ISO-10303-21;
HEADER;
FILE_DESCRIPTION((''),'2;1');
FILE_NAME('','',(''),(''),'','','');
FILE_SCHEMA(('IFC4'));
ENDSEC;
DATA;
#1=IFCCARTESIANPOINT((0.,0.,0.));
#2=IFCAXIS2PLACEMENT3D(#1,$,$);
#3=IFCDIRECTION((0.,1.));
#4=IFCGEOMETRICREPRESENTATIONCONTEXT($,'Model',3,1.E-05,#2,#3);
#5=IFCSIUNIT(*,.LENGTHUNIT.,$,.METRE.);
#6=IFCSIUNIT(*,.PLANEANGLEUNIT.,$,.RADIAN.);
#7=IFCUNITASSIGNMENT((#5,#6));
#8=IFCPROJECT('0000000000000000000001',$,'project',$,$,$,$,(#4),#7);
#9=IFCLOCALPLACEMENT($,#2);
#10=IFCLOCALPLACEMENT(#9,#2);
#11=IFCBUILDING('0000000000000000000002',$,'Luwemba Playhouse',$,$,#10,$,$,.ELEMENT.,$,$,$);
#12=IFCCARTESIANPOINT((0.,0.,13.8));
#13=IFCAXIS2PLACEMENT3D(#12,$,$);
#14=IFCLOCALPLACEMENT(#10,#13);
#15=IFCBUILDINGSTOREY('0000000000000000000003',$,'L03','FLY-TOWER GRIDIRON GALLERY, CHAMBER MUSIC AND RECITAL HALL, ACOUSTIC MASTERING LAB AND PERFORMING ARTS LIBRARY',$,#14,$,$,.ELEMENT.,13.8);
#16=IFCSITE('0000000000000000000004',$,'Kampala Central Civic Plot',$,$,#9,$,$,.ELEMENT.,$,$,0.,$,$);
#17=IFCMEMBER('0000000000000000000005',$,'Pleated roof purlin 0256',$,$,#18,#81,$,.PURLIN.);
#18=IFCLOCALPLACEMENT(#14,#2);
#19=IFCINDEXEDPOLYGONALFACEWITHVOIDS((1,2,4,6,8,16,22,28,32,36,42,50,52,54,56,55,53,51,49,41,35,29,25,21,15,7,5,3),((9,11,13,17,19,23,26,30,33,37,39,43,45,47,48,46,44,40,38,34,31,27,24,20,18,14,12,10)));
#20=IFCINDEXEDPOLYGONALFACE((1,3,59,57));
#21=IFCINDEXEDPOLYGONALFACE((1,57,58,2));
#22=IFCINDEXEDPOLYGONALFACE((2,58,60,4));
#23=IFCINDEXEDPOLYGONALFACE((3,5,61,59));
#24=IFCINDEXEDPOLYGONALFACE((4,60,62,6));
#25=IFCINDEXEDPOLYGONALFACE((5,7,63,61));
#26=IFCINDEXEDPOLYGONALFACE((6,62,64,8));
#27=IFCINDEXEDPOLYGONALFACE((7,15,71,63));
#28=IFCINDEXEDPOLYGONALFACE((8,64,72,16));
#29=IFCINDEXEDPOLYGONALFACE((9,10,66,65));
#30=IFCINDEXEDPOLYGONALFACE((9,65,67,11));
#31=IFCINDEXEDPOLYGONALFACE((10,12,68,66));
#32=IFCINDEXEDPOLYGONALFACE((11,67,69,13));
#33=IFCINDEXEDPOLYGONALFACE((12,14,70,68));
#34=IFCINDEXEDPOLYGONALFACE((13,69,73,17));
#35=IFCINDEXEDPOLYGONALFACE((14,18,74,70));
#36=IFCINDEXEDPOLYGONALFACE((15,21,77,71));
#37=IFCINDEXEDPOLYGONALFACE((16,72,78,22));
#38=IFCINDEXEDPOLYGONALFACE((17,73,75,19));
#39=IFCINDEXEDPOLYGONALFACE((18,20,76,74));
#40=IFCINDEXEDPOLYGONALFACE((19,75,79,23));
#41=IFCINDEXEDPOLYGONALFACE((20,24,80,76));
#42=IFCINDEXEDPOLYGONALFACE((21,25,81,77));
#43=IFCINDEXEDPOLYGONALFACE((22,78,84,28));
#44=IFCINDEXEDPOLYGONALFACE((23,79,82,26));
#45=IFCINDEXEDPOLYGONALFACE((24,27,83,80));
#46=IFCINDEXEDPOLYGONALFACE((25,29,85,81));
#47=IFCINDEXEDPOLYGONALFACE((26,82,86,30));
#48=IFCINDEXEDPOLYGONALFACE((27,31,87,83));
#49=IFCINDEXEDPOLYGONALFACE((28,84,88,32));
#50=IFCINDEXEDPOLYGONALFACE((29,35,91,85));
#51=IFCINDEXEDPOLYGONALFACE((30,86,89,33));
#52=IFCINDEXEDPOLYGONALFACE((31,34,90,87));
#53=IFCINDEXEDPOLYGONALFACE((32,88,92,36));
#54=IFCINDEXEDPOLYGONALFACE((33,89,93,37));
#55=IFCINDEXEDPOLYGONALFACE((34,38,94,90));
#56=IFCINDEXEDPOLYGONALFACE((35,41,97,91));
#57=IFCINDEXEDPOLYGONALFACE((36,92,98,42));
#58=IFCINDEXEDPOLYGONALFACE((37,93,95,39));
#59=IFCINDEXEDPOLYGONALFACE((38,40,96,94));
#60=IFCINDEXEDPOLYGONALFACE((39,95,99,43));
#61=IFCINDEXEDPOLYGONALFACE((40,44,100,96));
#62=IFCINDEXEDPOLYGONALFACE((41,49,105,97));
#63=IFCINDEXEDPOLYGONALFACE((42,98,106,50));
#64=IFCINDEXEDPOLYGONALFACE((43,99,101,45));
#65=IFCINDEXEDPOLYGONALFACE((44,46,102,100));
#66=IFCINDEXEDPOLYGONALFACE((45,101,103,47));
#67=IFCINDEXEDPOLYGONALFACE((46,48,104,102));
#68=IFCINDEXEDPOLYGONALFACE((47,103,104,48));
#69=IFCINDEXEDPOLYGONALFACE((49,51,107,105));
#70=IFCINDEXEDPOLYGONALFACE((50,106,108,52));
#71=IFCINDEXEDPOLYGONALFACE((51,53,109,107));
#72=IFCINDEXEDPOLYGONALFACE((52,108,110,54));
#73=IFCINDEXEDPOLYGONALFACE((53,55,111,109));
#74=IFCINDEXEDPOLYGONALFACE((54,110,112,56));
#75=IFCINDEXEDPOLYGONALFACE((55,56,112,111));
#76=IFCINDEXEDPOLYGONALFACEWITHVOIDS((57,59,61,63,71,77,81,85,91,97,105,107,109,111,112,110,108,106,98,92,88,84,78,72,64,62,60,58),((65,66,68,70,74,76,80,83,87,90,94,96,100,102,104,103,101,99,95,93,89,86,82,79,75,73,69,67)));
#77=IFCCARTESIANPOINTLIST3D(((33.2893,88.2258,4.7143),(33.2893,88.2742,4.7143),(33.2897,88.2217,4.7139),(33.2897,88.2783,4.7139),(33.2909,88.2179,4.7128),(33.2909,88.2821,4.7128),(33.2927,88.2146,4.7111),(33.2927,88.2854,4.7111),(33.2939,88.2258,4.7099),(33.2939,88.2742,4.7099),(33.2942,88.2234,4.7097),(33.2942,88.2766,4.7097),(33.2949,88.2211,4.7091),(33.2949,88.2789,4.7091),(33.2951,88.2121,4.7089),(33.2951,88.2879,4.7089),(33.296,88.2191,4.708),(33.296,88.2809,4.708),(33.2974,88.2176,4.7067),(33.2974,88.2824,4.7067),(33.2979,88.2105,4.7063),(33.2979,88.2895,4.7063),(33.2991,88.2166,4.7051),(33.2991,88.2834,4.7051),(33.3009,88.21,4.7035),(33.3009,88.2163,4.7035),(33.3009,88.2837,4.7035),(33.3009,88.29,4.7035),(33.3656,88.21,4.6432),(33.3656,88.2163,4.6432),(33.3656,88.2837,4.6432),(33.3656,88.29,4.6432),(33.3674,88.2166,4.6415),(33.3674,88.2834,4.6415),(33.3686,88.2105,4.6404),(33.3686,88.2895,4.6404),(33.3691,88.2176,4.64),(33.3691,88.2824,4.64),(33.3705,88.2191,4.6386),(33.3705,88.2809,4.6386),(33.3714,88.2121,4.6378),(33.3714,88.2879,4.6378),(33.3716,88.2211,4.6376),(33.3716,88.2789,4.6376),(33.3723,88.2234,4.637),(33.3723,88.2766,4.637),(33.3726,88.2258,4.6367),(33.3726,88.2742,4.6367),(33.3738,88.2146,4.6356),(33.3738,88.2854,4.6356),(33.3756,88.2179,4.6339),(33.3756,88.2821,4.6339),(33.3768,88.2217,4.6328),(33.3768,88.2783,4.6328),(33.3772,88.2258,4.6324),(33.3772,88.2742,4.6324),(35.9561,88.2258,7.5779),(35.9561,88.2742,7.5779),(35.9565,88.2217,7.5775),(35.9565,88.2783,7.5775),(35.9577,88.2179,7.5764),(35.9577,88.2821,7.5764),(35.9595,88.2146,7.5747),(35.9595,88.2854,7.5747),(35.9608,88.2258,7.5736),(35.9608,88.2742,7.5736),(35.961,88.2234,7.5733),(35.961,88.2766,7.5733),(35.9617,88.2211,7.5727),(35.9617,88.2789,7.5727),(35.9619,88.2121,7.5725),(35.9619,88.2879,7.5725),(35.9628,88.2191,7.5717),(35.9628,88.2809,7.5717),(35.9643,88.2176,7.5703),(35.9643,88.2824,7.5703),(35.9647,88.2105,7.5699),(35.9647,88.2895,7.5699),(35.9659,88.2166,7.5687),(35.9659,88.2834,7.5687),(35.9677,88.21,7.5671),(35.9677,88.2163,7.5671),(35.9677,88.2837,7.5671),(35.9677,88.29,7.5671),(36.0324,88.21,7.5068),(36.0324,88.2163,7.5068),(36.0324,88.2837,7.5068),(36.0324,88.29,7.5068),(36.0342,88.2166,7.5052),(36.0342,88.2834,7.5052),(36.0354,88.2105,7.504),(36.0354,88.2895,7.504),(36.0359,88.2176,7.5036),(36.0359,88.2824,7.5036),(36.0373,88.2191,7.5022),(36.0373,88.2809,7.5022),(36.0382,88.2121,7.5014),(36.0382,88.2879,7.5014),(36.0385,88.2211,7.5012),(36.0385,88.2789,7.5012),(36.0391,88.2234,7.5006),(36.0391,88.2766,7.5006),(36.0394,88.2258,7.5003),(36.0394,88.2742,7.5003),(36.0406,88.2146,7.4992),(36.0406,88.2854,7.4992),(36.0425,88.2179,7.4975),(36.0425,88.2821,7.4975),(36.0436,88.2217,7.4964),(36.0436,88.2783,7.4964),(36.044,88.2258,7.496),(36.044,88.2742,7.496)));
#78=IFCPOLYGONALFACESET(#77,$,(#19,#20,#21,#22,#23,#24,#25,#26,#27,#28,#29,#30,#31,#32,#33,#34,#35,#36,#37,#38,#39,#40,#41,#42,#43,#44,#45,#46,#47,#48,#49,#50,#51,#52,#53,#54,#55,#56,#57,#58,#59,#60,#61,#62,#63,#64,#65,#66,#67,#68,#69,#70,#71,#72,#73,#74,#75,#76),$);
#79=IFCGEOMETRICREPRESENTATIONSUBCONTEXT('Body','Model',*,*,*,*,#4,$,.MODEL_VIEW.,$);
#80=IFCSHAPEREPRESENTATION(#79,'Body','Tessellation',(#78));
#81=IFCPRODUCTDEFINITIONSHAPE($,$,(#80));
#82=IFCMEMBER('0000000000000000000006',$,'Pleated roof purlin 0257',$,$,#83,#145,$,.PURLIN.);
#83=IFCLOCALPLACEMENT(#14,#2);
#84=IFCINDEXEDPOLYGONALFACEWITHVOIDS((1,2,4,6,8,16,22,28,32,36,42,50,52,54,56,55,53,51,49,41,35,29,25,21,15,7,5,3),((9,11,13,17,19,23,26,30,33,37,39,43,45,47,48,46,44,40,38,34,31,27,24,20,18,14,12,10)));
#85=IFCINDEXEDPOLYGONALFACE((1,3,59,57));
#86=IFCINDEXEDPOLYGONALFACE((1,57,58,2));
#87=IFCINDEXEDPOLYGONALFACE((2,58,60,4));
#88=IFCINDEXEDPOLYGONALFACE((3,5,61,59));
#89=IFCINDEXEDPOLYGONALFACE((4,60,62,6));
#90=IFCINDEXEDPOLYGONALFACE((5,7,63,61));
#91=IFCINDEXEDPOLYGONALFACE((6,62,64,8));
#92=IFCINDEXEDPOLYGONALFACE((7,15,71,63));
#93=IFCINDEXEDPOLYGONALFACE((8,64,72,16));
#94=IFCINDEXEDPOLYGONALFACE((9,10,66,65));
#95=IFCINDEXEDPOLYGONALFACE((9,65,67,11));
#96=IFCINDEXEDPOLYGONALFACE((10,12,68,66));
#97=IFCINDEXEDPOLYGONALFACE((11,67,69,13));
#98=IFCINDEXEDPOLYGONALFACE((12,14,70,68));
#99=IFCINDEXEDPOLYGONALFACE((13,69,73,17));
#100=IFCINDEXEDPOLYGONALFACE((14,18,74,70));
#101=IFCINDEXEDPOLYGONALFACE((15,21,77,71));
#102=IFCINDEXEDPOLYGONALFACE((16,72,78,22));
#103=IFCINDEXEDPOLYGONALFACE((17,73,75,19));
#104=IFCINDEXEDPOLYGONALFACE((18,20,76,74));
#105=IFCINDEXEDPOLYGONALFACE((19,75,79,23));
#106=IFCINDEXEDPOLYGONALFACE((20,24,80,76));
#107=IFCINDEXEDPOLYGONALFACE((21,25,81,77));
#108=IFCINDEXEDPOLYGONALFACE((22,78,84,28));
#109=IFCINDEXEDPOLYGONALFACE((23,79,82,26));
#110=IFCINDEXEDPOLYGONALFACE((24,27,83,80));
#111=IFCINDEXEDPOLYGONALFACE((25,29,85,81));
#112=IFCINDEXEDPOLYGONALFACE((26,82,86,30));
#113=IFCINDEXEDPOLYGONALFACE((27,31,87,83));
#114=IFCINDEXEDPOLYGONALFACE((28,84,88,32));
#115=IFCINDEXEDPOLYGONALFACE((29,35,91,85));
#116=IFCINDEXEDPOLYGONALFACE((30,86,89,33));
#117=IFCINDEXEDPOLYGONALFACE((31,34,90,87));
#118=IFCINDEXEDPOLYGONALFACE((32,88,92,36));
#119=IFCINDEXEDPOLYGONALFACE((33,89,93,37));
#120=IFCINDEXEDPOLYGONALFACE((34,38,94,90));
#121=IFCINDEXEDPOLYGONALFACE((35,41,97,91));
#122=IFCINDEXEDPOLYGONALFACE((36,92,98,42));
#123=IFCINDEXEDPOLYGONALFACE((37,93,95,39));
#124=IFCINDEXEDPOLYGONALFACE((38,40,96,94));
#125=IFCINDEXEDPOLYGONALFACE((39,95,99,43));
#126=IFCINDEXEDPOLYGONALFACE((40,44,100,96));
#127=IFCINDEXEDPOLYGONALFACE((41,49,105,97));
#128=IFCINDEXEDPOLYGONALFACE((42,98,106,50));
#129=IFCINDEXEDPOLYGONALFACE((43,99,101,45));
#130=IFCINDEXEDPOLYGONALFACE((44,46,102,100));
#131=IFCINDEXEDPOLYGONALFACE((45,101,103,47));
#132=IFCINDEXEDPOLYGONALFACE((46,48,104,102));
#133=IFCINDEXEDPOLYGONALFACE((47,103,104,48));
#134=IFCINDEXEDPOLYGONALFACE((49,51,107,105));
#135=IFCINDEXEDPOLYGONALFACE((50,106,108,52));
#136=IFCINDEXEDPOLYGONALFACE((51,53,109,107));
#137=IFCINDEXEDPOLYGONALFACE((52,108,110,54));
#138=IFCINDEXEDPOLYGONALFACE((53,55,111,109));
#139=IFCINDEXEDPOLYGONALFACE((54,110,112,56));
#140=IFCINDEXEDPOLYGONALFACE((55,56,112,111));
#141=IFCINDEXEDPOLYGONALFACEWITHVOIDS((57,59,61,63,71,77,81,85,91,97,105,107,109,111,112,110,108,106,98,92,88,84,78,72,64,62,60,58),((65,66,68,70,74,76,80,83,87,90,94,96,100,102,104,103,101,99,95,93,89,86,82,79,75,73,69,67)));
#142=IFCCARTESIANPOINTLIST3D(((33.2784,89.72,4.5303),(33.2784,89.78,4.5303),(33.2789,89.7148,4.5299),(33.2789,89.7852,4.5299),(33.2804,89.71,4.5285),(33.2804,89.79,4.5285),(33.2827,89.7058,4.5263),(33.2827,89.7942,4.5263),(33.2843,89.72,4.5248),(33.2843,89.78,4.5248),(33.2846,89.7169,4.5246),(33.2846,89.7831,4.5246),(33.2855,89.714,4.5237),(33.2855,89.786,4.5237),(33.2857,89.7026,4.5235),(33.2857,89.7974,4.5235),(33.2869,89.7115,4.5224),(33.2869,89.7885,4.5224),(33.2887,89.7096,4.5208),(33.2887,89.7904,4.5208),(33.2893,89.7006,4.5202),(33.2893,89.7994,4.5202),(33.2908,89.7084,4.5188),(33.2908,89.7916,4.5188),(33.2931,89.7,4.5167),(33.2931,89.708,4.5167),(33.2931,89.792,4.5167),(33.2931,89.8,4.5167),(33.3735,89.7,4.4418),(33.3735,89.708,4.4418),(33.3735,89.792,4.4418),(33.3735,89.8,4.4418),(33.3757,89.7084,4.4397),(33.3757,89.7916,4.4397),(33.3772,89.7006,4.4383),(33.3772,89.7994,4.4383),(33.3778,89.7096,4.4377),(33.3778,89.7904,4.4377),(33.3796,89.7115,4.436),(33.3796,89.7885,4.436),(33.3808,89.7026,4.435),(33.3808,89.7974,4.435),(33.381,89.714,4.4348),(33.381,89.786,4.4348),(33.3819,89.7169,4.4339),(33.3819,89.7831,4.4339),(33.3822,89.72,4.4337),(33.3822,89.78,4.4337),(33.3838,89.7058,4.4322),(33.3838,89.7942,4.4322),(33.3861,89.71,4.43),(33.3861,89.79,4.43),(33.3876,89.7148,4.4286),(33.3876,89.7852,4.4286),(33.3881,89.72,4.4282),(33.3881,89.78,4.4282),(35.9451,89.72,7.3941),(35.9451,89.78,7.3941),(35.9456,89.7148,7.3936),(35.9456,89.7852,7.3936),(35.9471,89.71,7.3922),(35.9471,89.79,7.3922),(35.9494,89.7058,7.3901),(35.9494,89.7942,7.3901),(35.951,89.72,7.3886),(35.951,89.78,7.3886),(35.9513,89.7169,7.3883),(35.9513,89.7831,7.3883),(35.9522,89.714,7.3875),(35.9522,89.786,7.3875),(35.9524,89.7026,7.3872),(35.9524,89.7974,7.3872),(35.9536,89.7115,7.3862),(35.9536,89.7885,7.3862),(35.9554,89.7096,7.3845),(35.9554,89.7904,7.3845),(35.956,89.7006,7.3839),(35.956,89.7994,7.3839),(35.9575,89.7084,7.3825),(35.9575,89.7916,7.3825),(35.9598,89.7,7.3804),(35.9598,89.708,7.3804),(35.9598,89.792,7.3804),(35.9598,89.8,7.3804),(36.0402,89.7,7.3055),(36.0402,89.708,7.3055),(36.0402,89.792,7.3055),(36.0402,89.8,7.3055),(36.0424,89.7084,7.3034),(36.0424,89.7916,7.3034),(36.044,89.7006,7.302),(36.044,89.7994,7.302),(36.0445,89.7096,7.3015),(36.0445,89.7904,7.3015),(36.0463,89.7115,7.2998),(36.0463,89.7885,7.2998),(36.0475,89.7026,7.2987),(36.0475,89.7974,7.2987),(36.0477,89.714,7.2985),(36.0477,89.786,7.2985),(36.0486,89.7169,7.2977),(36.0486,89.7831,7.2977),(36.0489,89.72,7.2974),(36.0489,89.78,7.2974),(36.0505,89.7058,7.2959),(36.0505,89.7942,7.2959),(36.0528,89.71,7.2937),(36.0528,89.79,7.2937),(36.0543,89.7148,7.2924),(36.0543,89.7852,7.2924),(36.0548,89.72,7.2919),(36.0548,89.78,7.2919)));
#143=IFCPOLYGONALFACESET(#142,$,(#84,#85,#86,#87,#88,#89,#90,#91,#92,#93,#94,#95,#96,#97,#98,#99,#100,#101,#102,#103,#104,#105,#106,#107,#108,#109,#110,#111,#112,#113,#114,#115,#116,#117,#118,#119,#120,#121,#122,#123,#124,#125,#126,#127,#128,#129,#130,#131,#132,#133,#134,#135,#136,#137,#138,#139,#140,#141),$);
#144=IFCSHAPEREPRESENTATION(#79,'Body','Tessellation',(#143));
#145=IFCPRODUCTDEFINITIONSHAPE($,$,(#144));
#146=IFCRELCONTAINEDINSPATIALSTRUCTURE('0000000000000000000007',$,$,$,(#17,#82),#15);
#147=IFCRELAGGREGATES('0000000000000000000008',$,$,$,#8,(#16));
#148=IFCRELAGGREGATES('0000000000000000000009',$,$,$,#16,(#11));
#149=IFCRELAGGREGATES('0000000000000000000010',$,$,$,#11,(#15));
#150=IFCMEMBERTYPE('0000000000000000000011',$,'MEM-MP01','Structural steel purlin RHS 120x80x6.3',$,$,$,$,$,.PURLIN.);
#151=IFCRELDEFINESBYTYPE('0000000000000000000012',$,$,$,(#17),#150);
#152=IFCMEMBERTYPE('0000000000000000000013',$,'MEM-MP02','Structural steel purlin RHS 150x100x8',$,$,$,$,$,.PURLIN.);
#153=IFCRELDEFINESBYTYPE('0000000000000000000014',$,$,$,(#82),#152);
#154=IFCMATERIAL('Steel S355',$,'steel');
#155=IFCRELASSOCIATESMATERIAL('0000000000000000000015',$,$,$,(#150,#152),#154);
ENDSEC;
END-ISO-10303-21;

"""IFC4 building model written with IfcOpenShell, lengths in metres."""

from ifc_helpers import new_model, si_unit, direction, frame, origin, origin_2d, place, context, subcontext, project, spatial, hollow_rectangle, extrude, material, material_profile, profile_set, type_object, element, save


model = new_model("IFC4")

# Units and contexts
model_context = context("Model", 3, precision=1e-05, world=origin(), true_north=direction((0.0, 1.0)))
body_context = subcontext(model_context, "Body", "Model", "MODEL_VIEW")
ifc_project = project(units=[si_unit("LENGTHUNIT", "METRE"), si_unit("PLANEANGLEUNIT", "RADIAN")], contexts=[model_context])

# Site, building, storey
site_placement = place(None, origin())
site = spatial("IfcSite", under=ifc_project, at=site_placement, Name="Kampala Central Civic Plot", CompositionType="ELEMENT", RefElevation=0.0)
building_placement = place(site_placement, origin())
building = spatial("IfcBuilding", under=site, at=building_placement, Name="Luwemba Playhouse", CompositionType="ELEMENT")
storey_placement = place(building_placement, frame((0.0, 0.0, 13.8)))
storey = spatial("IfcBuildingStorey", under=building, at=storey_placement, Name="L03", Description="FLY-TOWER GRIDIRON GALLERY, CHAMBER MUSIC AND RECITAL HALL, ACOUSTIC MASTERING LAB AND PERFORMING ARTS LIBRARY", CompositionType="ELEMENT", Elevation=13.8)

# Shared definitions
ifc_material_1 = material(Name="Steel S355", Category="steel")

# Members
ifc_material_profile_1 = material_profile(ifc_material_1, hollow_rectangle(XDim=0.0801, YDim=0.1201, WallThickness=0.0063, InnerFilletRadius=0.0095, OuterFilletRadius=0.0159, at=origin_2d()))
ifc_profile_set_1 = profile_set([ifc_material_profile_1], Name="Steel S355")
member_type_1 = type_object("IfcMemberType", Name="MEM-MP01", Description="Structural steel purlin RHS 120x80x6.3", PredefinedType="PURLIN", material=ifc_profile_set_1)
member_1_placement = place(storey_placement, frame((33.3333, 88.25, 4.6733), z_axis=(0.681515, 0.0, 0.731804), x_axis=(0.0, 1.0, 0.0)))
element("IfcMember", 1, at=member_1_placement, inside=storey, type_object=member_type_1, Name="Pleated roof purlin 0256", PredefinedType="PURLIN", context=body_context, shape_type="SweptSolid", body=[
    extrude(hollow_rectangle(XDim=0.0801, YDim=0.1201, WallThickness=0.0063, InnerFilletRadius=0.0095, OuterFilletRadius=0.0159, at=origin_2d()), origin(), (0.0, 0.0, 1.0), 3.9131),
])
ifc_material_profile_2 = material_profile(ifc_material_1, hollow_rectangle(XDim=0.1001, YDim=0.1499, WallThickness=0.0081, InnerFilletRadius=0.012, OuterFilletRadius=0.02, at=origin_2d()))
ifc_profile_set_2 = profile_set([ifc_material_profile_2], Name="Steel S355")
member_type_2 = type_object("IfcMemberType", Name="MEM-MP02", Description="Structural steel purlin RHS 150x100x8", PredefinedType="PURLIN", material=ifc_profile_set_2)
member_2_placement = place(storey_placement, frame((33.3333, 89.75, 4.4792), z_axis=(0.681484, 0.0, 0.731833), x_axis=(0.0, 1.0, 0.0)))
element("IfcMember", 2, at=member_2_placement, inside=storey, type_object=member_type_2, Name="Pleated roof purlin 0257", PredefinedType="PURLIN", context=body_context, shape_type="SweptSolid", body=[
    extrude(hollow_rectangle(XDim=0.1001, YDim=0.1499, WallThickness=0.0081, InnerFilletRadius=0.012, OuterFilletRadius=0.02, at=origin_2d()), origin(), (0.0, 0.0, 1.0), 3.9131),
])

save(model, "model.ifc")
